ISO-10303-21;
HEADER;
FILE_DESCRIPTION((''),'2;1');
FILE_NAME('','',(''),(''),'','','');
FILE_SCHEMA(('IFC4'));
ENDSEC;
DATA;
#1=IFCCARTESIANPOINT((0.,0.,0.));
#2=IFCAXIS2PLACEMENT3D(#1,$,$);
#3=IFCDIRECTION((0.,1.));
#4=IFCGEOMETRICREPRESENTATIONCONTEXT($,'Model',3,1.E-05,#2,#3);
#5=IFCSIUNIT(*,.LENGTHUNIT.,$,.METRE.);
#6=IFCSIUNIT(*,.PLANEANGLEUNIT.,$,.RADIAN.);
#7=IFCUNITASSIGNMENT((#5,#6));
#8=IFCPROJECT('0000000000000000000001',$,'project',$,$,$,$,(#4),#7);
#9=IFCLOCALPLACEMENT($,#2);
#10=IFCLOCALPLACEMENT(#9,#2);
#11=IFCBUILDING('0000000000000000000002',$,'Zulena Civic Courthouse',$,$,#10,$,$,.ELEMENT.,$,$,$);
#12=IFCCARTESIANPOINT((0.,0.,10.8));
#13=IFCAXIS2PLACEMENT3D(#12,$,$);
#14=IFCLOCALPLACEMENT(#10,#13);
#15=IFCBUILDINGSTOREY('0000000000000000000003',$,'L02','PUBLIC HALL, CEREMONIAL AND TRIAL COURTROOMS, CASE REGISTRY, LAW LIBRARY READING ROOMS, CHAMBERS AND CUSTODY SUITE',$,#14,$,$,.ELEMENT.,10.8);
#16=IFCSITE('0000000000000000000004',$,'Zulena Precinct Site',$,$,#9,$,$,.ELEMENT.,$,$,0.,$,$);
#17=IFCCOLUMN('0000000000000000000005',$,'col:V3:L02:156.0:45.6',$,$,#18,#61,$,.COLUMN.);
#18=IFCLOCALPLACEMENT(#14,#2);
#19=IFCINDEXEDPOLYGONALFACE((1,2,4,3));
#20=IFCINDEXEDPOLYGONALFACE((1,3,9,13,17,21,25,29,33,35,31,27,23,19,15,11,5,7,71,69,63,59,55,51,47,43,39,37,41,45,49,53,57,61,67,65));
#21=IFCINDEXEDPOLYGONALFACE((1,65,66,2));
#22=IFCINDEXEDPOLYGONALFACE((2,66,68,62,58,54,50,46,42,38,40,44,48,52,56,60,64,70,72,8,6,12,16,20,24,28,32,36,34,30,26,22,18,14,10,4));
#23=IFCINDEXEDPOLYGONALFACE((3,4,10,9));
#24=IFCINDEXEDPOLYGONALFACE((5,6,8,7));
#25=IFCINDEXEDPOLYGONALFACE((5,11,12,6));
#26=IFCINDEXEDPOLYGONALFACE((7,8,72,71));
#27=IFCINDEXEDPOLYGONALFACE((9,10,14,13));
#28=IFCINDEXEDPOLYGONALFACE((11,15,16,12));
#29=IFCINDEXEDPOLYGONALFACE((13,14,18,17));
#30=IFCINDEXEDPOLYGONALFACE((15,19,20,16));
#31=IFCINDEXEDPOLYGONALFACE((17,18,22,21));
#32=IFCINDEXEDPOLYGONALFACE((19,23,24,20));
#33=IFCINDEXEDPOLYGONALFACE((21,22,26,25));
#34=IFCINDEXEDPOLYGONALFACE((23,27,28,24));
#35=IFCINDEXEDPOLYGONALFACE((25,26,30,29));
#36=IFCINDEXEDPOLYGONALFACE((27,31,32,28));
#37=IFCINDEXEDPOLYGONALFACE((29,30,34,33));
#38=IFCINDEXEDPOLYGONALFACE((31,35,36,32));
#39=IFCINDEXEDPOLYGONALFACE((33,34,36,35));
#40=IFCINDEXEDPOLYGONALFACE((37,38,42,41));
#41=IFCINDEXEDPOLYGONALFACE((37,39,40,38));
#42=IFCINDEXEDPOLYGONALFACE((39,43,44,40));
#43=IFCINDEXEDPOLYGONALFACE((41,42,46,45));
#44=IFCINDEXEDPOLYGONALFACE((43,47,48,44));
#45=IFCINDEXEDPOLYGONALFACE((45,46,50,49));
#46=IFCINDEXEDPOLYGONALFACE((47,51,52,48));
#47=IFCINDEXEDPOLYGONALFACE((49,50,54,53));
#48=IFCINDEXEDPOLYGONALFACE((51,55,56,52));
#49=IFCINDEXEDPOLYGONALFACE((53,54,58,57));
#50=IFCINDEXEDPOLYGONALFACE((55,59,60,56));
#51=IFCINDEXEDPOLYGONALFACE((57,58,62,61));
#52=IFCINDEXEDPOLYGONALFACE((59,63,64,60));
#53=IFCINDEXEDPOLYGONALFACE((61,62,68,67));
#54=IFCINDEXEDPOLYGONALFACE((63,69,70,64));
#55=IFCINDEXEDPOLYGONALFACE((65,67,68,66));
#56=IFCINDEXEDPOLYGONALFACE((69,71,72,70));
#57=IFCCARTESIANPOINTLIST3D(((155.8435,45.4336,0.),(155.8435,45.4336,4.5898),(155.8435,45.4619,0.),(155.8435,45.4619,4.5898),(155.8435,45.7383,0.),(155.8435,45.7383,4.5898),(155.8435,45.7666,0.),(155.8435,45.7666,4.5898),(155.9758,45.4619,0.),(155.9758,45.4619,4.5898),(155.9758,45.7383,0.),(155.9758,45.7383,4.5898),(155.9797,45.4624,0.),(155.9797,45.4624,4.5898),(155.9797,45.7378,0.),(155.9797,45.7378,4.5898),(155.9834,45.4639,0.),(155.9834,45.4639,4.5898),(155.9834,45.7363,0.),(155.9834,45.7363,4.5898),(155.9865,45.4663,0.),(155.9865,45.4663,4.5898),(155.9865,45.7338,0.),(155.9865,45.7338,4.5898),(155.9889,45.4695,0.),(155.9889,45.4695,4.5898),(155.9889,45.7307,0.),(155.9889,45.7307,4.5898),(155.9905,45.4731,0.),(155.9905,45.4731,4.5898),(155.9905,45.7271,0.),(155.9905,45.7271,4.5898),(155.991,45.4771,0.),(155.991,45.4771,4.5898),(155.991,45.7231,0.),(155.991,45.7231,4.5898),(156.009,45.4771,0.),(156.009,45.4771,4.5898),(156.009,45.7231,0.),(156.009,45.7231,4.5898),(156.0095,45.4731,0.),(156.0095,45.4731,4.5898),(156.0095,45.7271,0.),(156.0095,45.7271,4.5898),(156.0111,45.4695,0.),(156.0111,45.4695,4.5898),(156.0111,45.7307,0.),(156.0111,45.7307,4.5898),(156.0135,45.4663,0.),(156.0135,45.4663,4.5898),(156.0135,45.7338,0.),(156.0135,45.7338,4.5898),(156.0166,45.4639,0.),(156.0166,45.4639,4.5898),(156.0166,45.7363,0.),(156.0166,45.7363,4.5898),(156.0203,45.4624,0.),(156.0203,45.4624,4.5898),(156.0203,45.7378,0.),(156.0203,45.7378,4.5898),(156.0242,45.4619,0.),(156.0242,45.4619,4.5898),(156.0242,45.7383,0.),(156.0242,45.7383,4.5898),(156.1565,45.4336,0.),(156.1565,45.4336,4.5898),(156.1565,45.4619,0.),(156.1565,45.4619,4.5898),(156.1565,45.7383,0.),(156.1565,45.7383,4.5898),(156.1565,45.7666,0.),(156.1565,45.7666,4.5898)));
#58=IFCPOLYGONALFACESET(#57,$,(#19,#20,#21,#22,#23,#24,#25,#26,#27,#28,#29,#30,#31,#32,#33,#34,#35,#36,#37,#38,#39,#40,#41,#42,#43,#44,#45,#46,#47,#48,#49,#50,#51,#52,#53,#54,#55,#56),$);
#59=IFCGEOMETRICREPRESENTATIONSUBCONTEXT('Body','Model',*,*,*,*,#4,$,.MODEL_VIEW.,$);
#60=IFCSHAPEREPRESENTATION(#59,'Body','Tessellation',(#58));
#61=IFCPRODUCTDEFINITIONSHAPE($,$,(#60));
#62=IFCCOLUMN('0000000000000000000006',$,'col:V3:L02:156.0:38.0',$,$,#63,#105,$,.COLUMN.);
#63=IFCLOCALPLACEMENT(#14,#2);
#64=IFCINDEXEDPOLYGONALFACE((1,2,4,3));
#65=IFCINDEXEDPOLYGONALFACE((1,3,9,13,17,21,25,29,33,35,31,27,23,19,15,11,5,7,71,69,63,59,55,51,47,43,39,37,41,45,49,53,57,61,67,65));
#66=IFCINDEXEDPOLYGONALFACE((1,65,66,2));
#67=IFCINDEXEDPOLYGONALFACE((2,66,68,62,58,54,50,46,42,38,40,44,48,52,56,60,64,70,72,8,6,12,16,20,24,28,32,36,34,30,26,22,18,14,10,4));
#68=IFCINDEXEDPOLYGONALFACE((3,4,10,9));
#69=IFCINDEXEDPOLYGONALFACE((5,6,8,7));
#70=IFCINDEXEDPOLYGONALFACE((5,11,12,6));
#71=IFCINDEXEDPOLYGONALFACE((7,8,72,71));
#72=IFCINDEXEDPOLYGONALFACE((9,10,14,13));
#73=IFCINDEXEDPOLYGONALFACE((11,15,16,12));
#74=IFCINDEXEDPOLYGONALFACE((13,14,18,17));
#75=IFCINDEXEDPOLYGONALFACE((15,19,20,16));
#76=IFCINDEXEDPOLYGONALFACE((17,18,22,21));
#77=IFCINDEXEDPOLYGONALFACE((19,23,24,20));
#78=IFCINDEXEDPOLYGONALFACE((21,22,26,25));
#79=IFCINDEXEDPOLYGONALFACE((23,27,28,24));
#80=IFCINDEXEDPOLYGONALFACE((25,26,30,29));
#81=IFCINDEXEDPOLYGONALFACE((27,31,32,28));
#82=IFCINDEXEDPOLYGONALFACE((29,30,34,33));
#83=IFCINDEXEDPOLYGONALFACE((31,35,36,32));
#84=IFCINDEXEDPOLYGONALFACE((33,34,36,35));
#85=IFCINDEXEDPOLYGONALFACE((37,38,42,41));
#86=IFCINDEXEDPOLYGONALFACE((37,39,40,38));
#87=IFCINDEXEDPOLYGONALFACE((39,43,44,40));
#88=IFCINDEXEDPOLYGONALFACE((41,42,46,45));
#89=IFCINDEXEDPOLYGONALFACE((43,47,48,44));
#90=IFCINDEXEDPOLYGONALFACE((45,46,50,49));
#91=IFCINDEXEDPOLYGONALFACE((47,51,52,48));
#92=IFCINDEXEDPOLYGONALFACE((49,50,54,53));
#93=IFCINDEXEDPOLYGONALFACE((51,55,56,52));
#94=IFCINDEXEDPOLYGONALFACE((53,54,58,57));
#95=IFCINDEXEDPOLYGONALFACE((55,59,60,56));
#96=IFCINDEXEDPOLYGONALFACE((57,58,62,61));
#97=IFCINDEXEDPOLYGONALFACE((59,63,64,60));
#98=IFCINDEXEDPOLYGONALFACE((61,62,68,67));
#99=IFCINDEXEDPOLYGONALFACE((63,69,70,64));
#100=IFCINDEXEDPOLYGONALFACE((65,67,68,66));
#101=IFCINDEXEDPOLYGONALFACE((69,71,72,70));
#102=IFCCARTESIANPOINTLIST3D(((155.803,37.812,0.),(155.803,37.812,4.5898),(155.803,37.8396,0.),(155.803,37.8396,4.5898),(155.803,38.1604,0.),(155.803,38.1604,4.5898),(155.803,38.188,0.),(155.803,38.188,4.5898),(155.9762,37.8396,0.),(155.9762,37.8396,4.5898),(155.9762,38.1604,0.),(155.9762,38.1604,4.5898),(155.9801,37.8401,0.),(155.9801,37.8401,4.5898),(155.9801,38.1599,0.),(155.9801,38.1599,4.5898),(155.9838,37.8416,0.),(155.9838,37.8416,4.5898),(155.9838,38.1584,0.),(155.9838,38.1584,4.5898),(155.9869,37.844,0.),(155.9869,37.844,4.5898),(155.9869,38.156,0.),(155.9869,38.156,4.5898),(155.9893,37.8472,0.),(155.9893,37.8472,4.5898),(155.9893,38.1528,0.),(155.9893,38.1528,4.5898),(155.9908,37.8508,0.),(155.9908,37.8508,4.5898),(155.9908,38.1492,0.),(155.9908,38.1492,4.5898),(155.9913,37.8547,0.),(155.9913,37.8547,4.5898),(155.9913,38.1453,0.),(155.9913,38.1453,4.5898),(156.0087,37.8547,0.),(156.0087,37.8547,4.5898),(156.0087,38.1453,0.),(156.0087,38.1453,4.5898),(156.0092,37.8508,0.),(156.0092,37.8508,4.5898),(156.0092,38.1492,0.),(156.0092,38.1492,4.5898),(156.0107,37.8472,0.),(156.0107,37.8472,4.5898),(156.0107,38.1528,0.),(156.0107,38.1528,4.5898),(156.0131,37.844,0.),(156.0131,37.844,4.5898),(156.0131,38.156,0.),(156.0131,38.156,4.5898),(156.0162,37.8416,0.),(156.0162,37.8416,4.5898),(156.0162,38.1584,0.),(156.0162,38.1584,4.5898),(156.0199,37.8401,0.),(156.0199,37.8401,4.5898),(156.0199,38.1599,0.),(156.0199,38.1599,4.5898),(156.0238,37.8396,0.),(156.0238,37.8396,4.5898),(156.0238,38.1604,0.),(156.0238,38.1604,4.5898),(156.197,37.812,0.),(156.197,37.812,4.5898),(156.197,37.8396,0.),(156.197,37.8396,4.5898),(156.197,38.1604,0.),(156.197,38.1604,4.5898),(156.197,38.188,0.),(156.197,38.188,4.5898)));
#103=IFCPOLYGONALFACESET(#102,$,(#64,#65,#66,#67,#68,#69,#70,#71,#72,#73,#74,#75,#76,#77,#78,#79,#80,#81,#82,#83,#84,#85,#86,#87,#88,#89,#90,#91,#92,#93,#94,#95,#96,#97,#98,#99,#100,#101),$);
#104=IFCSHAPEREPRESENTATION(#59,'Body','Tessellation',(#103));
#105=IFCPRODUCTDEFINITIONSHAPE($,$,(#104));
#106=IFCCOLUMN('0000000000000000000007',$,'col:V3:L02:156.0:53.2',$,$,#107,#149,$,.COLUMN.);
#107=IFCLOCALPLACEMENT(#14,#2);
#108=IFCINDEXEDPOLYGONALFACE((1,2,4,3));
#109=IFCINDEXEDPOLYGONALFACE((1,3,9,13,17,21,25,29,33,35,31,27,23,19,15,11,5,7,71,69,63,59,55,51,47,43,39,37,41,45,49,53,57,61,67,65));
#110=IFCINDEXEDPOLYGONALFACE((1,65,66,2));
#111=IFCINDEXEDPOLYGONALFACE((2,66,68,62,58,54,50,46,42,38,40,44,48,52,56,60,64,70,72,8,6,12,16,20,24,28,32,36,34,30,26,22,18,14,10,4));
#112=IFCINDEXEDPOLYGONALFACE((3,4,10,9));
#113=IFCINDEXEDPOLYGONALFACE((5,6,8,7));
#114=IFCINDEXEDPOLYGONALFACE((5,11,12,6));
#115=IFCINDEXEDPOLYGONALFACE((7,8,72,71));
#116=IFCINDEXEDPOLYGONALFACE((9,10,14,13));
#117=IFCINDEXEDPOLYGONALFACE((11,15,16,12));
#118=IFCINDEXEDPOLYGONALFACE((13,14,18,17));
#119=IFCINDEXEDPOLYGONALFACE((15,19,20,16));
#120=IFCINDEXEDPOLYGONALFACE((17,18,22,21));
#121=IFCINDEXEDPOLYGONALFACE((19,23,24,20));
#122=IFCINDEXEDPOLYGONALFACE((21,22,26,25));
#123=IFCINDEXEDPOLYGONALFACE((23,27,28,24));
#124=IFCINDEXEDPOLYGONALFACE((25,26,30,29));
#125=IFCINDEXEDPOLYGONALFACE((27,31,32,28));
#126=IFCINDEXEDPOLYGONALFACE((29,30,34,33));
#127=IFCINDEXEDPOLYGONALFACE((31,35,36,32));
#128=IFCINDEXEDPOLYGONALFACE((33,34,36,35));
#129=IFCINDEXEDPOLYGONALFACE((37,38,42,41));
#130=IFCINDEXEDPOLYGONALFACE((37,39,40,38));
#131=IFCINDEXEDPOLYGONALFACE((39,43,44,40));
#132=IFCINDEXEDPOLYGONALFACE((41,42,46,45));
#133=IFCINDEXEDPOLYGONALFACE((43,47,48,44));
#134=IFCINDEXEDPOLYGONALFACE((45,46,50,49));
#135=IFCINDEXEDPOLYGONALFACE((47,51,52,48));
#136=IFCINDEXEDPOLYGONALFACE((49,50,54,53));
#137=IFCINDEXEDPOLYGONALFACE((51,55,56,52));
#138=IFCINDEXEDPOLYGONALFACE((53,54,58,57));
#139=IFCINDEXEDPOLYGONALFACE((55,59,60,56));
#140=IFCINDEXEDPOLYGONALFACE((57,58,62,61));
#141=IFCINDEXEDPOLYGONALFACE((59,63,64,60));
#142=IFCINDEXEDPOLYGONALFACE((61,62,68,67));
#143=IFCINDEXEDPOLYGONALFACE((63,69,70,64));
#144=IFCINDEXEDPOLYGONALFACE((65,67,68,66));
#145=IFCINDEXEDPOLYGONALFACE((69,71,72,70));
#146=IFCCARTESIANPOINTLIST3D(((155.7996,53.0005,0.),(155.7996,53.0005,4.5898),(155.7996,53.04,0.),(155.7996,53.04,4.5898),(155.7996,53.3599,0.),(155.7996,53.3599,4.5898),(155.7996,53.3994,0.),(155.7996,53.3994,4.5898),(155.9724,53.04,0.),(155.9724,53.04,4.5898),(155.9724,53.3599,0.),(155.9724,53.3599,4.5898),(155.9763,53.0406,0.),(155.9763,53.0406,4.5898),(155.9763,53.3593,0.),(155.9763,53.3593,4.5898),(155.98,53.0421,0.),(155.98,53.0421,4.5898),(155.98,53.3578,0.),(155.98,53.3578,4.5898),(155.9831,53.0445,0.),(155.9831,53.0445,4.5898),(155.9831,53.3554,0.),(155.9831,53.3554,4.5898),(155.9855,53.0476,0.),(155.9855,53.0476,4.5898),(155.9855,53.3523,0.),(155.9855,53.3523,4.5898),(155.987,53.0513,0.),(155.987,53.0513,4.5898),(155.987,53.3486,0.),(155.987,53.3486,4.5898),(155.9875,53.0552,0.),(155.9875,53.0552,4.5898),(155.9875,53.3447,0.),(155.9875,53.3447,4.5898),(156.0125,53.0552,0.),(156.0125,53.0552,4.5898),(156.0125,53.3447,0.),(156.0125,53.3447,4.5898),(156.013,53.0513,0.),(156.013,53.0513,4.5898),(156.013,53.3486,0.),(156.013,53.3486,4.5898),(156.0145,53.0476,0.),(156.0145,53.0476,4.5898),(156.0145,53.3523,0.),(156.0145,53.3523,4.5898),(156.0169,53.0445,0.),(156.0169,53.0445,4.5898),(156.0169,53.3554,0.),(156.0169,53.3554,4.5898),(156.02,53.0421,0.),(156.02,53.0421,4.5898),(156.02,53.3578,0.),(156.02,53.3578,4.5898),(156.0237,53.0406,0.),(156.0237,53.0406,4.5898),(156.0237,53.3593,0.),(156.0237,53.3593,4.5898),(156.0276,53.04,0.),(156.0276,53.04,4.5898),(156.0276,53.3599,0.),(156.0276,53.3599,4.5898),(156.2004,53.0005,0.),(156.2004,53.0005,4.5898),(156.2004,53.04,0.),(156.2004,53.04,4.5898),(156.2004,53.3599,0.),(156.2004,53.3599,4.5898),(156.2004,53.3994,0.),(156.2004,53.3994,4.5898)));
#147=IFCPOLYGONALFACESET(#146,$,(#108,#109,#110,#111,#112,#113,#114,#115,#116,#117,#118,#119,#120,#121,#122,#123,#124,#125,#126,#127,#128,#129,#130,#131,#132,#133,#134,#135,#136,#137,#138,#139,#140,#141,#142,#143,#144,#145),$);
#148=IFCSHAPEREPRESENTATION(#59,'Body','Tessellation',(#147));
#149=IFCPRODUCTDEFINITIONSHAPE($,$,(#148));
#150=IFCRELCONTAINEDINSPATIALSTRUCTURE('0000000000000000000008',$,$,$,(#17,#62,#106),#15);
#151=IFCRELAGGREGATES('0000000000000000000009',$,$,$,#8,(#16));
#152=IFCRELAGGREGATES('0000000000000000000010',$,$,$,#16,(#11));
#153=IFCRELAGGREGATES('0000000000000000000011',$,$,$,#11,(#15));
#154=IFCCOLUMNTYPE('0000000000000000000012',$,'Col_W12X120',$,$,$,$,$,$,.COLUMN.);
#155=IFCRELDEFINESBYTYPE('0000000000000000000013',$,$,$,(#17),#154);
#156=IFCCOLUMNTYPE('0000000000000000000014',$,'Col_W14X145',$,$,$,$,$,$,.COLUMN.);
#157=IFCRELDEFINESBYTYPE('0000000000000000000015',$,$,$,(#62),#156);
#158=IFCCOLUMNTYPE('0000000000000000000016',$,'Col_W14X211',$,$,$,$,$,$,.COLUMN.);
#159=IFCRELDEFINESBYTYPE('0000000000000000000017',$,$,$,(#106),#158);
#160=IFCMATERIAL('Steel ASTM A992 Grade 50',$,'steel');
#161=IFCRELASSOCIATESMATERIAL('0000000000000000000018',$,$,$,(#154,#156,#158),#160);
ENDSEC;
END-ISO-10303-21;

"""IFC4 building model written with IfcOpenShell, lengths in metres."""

from ifc_helpers import new_model, si_unit, direction, frame, origin, origin_2d, place, context, subcontext, project, spatial, i_section, extrude, material, material_profile, profile_set, type_object, element, save


model = new_model("IFC4")

# Units and contexts
model_context = context("Model", 3, precision=1e-05, world=origin(), true_north=direction((0.0, 1.0)))
body_context = subcontext(model_context, "Body", "Model", "MODEL_VIEW")
ifc_project = project(units=[si_unit("LENGTHUNIT", "METRE"), si_unit("PLANEANGLEUNIT", "RADIAN")], contexts=[model_context])

# Site, building, storey
site_placement = place(None, origin())
site = spatial("IfcSite", under=ifc_project, at=site_placement, Name="Zulena Precinct Site", CompositionType="ELEMENT", RefElevation=0.0)
building_placement = place(site_placement, origin())
building = spatial("IfcBuilding", under=site, at=building_placement, Name="Zulena Civic Courthouse", CompositionType="ELEMENT")
storey_placement = place(building_placement, frame((0.0, 0.0, 10.8)))
storey = spatial("IfcBuildingStorey", under=building, at=storey_placement, Name="L02", Description="PUBLIC HALL, CEREMONIAL AND TRIAL COURTROOMS, CASE REGISTRY, LAW LIBRARY READING ROOMS, CHAMBERS AND CUSTODY SUITE", CompositionType="ELEMENT", Elevation=10.8)

# Columns
ifc_material_1 = material(Name="Steel ASTM A992 Grade 50", Category="steel")
ifc_material_profile_1 = material_profile(ifc_material_1, i_section(OverallWidth=0.313, OverallDepth=0.333, WebThickness=0.0181, FlangeThickness=0.0283, FilletRadius=0.0151, at=origin_2d()), Name="W12X120")
ifc_profile_set_1 = profile_set([ifc_material_profile_1], Name="Steel ASTM A992 Grade 50")
column_type_1 = type_object("IfcColumnType", Name="Col_W12X120", PredefinedType="COLUMN", material=ifc_profile_set_1)
column_1_placement = place(storey_placement, frame((156.0, 45.6001, 0.0), z_axis=(0.0, 0.0, 1.0), x_axis=(1.0, 0.0, 0.0)))
element("IfcColumn", 1, at=column_1_placement, inside=storey, type_object=column_type_1, Name="col:V3:L02:156.0:45.6", PredefinedType="COLUMN", context=body_context, shape_type="SweptSolid", body=[
    extrude(i_section(OverallWidth=0.313, OverallDepth=0.333, WebThickness=0.0181, FlangeThickness=0.0283, FilletRadius=0.0151, at=origin_2d()), origin(), (0.0, 0.0, 1.0), 4.5898),
])
ifc_material_profile_2 = material_profile(ifc_material_1, i_section(OverallWidth=0.394, OverallDepth=0.376, WebThickness=0.0173, FlangeThickness=0.0276, FilletRadius=0.0151, at=origin_2d()), Name="W14X145")
ifc_profile_set_2 = profile_set([ifc_material_profile_2], Name="Steel ASTM A992 Grade 50")
column_type_2 = type_object("IfcColumnType", Name="Col_W14X145", PredefinedType="COLUMN", material=ifc_profile_set_2)
column_2_placement = place(storey_placement, frame((156.0, 38.0, 0.0), z_axis=(0.0, 0.0, 1.0), x_axis=(1.0, 0.0, 0.0)))
element("IfcColumn", 2, at=column_2_placement, inside=storey, type_object=column_type_2, Name="col:V3:L02:156.0:38.0", PredefinedType="COLUMN", context=body_context, shape_type="SweptSolid", body=[
    extrude(i_section(OverallWidth=0.394, OverallDepth=0.376, WebThickness=0.0173, FlangeThickness=0.0276, FilletRadius=0.0151, at=origin_2d()), origin(), (0.0, 0.0, 1.0), 4.5898),
])
ifc_material_profile_3 = material_profile(ifc_material_1, i_section(OverallWidth=0.4009, OverallDepth=0.3989, WebThickness=0.0249, FlangeThickness=0.0396, FilletRadius=0.0151, at=origin_2d()), Name="W14X211")
ifc_profile_set_3 = profile_set([ifc_material_profile_3], Name="Steel ASTM A992 Grade 50")
column_type_3 = type_object("IfcColumnType", Name="Col_W14X211", PredefinedType="COLUMN", material=ifc_profile_set_3)
column_3_placement = place(storey_placement, frame((156.0, 53.2, 0.0), z_axis=(0.0, 0.0, 1.0), x_axis=(1.0, 0.0, 0.0)))
element("IfcColumn", 3, at=column_3_placement, inside=storey, type_object=column_type_3, Name="col:V3:L02:156.0:53.2", PredefinedType="COLUMN", context=body_context, shape_type="SweptSolid", body=[
    extrude(i_section(OverallWidth=0.4009, OverallDepth=0.3989, WebThickness=0.0249, FlangeThickness=0.0396, FilletRadius=0.0151, at=origin_2d()), origin(), (0.0, 0.0, 1.0), 4.5898),
])

save(model, "model.ifc")
